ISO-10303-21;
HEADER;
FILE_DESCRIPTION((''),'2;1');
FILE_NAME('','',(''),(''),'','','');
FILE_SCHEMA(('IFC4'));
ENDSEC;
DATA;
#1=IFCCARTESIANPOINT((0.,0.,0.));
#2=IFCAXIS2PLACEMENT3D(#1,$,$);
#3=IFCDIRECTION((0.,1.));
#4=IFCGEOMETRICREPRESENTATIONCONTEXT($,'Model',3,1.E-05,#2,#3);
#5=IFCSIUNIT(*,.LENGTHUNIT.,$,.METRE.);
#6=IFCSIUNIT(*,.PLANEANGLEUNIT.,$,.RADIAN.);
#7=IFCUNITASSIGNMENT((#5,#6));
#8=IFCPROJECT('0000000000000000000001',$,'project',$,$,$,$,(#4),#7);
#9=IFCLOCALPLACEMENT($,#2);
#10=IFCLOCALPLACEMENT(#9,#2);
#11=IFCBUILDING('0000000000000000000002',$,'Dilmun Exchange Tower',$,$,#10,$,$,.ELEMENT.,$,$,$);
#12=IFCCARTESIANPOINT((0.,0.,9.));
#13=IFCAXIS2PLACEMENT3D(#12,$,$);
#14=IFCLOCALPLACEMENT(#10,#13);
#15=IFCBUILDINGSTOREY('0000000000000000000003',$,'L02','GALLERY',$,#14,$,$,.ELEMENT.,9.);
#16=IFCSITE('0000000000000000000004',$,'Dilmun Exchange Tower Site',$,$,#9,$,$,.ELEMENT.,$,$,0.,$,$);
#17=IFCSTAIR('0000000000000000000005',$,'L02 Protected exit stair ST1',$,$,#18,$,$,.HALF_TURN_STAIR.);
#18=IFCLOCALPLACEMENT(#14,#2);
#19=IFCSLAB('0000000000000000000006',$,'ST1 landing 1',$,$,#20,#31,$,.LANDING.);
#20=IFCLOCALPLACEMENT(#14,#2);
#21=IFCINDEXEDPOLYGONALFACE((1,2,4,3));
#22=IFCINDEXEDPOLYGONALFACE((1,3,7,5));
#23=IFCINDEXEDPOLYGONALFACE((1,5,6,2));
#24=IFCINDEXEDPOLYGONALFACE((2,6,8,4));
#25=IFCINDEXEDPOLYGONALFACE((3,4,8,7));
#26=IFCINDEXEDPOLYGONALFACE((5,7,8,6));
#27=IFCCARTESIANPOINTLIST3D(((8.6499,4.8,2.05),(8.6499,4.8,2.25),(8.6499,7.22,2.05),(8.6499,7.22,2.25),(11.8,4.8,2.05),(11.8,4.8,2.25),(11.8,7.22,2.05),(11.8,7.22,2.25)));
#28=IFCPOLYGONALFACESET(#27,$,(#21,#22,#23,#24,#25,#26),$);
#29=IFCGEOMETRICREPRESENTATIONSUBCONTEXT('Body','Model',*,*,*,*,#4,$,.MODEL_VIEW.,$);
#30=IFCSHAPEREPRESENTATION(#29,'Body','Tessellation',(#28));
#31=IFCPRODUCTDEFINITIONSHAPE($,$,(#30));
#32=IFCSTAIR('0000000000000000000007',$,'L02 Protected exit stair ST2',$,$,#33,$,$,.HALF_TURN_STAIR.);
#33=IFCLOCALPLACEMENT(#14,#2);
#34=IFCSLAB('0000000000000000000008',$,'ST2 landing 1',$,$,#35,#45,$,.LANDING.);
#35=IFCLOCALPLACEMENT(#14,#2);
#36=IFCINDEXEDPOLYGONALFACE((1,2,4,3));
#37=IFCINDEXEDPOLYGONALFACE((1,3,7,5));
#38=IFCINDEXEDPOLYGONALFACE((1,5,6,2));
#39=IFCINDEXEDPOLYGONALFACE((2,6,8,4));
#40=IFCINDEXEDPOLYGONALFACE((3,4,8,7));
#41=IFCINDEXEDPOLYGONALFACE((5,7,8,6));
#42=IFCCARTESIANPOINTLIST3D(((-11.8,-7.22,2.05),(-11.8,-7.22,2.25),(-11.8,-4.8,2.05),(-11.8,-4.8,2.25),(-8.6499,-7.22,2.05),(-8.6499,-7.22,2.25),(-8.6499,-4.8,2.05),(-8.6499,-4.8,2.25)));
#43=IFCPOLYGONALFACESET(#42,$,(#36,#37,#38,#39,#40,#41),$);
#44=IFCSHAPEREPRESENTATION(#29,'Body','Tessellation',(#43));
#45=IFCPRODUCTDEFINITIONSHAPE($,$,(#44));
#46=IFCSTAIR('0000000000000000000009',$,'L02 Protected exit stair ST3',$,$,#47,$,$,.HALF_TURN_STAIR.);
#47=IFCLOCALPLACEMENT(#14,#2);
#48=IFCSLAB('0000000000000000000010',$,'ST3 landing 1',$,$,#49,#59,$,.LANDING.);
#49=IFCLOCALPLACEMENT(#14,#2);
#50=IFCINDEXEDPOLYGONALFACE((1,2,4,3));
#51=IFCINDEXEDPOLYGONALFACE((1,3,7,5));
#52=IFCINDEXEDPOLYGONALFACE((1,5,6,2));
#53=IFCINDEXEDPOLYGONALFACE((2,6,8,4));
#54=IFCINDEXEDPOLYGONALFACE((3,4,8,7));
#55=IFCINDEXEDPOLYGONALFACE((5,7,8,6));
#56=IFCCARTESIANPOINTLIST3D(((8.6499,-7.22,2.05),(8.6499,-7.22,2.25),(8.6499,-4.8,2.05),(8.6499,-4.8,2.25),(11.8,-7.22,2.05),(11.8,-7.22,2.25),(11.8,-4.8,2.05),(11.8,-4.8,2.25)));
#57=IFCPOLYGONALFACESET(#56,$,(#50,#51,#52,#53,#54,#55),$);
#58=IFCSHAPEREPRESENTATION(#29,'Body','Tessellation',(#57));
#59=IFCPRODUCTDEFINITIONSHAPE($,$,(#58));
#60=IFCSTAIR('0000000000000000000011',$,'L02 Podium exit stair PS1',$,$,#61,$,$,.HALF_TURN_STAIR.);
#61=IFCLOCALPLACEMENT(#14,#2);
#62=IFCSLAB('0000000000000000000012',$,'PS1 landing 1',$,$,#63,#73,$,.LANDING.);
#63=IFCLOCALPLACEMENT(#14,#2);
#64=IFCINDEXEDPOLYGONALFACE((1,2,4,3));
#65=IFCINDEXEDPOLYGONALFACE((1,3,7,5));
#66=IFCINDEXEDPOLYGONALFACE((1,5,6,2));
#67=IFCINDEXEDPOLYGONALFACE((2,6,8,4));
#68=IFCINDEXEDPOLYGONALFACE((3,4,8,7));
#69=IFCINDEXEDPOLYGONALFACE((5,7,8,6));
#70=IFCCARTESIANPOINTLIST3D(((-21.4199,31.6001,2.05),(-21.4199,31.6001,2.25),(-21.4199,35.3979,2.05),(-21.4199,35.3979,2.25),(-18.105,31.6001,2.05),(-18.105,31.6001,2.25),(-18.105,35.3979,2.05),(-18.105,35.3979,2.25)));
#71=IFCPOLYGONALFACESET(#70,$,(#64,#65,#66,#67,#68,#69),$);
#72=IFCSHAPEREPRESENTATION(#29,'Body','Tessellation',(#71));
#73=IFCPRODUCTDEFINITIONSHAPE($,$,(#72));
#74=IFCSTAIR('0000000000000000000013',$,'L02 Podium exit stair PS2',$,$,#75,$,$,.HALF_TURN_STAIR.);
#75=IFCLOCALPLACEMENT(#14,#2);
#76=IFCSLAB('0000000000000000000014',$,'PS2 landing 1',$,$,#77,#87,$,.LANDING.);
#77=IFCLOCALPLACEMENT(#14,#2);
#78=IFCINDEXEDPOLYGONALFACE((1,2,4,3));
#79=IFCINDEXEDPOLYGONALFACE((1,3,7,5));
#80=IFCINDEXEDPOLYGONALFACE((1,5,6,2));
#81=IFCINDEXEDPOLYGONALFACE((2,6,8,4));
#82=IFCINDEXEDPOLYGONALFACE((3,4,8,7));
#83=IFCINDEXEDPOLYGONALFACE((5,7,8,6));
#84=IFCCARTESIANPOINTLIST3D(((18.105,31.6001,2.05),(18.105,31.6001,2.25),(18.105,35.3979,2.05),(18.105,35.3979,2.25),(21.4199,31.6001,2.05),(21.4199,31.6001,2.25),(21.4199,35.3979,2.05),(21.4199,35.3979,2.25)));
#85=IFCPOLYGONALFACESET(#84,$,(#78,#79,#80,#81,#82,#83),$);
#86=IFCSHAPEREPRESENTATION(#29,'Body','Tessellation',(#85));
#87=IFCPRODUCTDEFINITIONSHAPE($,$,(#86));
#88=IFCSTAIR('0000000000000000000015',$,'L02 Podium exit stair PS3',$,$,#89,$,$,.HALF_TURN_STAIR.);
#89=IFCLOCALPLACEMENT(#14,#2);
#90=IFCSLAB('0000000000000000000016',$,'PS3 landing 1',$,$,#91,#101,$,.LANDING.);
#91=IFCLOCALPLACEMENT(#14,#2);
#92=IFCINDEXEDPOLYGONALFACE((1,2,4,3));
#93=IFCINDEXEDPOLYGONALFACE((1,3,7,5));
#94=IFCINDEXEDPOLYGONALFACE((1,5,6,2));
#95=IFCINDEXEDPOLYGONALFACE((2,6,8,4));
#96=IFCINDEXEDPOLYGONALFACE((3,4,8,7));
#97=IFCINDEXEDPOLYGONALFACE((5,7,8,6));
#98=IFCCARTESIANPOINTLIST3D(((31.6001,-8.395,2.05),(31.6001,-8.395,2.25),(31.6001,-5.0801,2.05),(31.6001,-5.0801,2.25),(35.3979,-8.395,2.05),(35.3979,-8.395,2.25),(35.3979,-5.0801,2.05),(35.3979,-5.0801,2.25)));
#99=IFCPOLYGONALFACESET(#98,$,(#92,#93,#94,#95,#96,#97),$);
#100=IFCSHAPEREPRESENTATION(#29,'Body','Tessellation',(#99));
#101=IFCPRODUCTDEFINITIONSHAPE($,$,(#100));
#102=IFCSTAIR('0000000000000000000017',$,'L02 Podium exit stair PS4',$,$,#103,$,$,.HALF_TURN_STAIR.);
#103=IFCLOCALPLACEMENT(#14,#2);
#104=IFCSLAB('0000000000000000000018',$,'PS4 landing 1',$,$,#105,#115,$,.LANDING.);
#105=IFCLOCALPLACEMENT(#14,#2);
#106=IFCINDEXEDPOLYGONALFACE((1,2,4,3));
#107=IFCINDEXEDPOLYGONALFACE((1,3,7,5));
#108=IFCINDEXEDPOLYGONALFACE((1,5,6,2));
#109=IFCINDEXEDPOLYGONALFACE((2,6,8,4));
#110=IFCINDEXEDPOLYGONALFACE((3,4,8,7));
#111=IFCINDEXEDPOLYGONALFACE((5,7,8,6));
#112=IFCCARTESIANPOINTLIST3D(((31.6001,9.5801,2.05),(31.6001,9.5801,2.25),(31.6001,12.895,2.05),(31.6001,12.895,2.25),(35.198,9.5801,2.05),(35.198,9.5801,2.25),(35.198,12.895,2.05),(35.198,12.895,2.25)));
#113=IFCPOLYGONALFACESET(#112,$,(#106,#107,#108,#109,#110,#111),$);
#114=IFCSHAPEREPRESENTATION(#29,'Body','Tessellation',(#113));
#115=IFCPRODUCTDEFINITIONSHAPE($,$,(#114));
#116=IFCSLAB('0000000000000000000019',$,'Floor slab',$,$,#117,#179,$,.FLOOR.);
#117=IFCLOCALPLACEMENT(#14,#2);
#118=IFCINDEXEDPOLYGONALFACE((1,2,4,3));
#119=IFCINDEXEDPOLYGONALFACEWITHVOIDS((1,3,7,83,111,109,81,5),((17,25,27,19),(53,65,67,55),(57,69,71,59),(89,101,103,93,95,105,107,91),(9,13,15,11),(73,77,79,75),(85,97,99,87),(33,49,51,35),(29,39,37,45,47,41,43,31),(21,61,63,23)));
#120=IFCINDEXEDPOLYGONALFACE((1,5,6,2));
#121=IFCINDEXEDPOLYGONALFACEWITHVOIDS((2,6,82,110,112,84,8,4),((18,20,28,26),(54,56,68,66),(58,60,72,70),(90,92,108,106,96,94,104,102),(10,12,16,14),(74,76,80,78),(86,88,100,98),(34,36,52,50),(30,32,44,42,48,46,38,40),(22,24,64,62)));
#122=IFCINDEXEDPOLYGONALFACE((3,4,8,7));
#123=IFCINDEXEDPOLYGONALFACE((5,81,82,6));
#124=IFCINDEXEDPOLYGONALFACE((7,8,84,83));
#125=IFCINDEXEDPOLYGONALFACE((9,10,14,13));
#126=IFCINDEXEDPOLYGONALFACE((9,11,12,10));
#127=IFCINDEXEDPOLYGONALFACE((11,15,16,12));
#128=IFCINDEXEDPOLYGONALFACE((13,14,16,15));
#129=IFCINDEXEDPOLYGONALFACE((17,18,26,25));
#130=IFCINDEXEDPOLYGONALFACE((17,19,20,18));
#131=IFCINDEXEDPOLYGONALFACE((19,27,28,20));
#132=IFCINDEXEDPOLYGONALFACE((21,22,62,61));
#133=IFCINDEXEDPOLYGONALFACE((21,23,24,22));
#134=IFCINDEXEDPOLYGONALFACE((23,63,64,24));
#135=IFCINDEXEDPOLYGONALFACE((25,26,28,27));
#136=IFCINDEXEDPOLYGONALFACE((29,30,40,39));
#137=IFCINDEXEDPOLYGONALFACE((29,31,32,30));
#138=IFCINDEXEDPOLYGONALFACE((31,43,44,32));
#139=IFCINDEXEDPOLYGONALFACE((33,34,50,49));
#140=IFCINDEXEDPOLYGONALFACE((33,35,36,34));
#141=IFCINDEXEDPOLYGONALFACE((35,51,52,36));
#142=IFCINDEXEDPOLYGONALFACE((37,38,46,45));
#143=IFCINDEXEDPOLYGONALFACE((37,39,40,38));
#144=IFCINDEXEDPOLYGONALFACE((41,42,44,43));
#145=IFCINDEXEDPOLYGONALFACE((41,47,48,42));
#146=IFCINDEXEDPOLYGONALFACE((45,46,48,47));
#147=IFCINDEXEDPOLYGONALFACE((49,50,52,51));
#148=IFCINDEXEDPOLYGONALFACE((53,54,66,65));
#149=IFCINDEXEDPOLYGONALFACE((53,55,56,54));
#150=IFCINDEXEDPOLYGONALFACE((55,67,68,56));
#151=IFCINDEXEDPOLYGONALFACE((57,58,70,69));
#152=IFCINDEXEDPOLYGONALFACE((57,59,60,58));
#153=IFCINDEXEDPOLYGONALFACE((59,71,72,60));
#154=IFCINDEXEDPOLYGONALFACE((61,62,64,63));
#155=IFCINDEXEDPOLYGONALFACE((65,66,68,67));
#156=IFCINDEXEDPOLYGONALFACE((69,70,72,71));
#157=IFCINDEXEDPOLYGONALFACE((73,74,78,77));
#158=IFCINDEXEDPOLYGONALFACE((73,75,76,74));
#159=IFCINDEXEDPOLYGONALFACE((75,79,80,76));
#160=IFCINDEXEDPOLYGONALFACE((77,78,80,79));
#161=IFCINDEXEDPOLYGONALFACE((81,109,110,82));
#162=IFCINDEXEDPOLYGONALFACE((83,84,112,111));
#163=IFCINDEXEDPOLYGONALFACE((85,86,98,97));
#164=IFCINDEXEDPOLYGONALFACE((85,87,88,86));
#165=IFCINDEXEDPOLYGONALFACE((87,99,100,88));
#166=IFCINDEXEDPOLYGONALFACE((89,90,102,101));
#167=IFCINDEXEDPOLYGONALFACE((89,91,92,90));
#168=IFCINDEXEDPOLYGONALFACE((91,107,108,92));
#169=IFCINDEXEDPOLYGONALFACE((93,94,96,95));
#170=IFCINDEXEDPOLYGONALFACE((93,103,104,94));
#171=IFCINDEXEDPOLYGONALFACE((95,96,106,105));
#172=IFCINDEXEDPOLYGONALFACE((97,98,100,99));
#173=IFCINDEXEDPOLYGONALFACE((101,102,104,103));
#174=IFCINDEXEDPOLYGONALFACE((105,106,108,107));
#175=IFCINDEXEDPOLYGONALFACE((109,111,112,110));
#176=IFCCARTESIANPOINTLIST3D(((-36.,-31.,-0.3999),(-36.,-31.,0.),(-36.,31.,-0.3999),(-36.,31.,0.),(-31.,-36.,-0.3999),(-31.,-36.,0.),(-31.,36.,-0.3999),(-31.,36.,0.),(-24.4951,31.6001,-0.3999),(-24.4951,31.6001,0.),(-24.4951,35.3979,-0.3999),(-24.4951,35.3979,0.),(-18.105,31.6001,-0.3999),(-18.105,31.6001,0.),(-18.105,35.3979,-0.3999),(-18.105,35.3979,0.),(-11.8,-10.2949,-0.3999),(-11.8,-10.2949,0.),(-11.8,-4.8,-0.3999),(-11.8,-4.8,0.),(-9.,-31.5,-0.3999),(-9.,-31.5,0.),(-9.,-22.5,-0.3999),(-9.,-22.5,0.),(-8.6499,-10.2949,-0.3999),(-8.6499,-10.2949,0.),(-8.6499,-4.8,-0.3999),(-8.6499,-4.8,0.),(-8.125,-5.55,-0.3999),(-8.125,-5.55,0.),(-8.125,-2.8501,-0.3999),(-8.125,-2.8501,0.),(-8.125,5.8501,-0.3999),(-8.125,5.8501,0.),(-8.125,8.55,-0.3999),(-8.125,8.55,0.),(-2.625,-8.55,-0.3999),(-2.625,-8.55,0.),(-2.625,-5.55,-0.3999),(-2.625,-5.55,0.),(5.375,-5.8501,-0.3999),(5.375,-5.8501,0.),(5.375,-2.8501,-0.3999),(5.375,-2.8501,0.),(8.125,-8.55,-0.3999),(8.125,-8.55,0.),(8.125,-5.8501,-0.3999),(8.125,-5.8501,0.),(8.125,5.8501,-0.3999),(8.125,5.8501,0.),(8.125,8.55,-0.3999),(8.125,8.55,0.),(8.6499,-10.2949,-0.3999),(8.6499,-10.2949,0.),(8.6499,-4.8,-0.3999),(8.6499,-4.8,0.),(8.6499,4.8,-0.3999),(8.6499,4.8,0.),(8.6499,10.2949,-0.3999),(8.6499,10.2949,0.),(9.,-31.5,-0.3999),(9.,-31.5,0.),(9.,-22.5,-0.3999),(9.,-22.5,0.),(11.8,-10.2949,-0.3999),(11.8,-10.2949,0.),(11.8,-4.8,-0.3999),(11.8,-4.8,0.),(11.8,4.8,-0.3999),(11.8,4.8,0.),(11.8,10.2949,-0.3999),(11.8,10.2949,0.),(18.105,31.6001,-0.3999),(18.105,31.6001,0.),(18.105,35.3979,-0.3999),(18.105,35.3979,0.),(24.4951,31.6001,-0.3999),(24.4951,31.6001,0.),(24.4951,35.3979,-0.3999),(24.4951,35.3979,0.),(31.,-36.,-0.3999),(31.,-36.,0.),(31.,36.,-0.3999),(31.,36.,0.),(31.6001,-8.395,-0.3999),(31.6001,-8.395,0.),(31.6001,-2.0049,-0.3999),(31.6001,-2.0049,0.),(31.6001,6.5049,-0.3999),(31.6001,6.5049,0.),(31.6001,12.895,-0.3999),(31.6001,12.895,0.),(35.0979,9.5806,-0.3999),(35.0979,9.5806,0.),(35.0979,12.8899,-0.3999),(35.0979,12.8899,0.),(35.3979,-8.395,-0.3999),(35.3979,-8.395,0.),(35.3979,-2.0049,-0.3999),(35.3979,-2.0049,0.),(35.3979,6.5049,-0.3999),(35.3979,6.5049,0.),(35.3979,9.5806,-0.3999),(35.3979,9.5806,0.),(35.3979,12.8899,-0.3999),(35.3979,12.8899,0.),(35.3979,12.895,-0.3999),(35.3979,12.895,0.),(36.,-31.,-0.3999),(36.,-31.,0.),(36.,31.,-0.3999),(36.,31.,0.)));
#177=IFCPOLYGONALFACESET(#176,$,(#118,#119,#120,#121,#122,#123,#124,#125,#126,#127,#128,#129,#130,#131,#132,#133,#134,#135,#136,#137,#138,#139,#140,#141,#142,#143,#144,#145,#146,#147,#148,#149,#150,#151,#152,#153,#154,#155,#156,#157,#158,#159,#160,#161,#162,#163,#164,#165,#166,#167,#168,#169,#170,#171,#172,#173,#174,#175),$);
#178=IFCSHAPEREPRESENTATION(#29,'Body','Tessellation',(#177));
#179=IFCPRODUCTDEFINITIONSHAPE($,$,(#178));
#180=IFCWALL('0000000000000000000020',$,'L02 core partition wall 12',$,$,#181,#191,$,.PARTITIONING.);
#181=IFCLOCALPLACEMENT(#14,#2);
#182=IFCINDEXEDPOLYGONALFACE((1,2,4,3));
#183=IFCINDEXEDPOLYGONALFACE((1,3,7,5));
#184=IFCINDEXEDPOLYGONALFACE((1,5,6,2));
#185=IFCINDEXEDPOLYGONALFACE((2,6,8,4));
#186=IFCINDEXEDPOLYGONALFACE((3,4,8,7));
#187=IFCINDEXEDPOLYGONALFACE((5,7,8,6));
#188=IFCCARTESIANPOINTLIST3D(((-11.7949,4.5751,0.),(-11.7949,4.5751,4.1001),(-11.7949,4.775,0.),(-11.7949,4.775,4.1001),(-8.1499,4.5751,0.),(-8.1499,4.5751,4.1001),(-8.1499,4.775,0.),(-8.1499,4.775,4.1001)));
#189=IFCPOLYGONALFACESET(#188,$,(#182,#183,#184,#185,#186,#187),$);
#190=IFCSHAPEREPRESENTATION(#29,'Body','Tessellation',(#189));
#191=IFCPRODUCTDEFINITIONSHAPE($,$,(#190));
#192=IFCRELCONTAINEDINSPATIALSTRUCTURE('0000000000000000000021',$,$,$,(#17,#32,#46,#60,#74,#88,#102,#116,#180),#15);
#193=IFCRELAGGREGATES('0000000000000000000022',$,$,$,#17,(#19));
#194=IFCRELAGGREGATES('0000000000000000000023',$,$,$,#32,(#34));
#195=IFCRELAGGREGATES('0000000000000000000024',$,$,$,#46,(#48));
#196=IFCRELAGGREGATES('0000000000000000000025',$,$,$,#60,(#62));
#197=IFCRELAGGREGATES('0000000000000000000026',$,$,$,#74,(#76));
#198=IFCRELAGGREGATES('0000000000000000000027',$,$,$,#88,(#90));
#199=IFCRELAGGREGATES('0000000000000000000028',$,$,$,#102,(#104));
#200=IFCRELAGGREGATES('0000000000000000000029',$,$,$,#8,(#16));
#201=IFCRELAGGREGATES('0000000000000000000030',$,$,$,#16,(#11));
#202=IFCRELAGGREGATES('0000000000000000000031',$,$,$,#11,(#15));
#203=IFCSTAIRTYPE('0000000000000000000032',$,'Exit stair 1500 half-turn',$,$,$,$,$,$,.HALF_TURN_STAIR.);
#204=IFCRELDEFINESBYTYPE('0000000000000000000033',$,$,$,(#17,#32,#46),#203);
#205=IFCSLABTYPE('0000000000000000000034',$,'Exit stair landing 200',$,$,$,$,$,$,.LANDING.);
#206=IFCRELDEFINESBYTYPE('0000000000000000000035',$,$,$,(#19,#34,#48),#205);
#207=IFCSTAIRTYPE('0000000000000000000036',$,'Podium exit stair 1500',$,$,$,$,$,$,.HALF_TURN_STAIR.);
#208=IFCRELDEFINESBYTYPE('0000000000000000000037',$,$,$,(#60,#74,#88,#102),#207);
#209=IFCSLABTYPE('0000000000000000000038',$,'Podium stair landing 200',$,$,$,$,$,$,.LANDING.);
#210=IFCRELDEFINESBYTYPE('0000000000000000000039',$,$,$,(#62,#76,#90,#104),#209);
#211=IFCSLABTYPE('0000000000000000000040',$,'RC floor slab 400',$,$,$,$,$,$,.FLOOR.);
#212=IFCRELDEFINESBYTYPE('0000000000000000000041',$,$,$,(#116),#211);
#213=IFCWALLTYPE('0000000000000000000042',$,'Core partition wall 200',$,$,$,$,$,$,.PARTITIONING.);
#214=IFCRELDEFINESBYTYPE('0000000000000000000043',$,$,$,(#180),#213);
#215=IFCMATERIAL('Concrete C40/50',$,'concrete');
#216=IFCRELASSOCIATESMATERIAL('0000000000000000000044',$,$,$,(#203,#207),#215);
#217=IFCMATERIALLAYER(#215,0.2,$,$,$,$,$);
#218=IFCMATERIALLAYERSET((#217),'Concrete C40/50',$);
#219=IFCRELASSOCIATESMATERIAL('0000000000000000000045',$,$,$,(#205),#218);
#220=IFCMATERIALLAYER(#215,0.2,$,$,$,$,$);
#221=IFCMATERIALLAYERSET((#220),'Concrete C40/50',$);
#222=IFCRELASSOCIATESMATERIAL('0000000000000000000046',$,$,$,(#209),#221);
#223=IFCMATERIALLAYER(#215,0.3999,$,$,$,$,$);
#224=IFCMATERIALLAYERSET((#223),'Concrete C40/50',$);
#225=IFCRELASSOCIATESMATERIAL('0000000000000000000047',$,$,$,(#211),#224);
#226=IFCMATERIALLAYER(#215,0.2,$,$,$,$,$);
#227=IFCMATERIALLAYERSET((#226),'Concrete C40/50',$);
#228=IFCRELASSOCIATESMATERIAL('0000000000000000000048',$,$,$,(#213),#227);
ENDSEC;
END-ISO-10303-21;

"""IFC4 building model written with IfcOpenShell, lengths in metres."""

from ifc_helpers import new_model, si_unit, direction, frame, frame_2d, origin, place, context, subcontext, project, spatial, polyline, rectangle, outline, extrude, material, layer, layer_set, type_object, element, aggregate, save


model = new_model("IFC4")

# Units and contexts
model_context = context("Model", 3, precision=1e-05, world=origin(), true_north=direction((0.0, 1.0)))
body_context = subcontext(model_context, "Body", "Model", "MODEL_VIEW")
ifc_project = project(units=[si_unit("LENGTHUNIT", "METRE"), si_unit("PLANEANGLEUNIT", "RADIAN")], contexts=[model_context])

# Site, building, storey
site_placement = place(None, origin())
site = spatial("IfcSite", under=ifc_project, at=site_placement, Name="Dilmun Exchange Tower Site", CompositionType="ELEMENT", RefElevation=0.0)
building_placement = place(site_placement, origin())
building = spatial("IfcBuilding", under=site, at=building_placement, Name="Dilmun Exchange Tower", CompositionType="ELEMENT")
storey_placement = place(building_placement, frame((0.0, 0.0, 9.0)))
storey = spatial("IfcBuildingStorey", under=building, at=storey_placement, Name="L02", Description="GALLERY", CompositionType="ELEMENT", Elevation=9.0)

# Stairs, slabs
ifc_material_1 = material(Name="Concrete C40/50", Category="concrete")
stair_type_1 = type_object("IfcStairType", Name="Exit stair 1500 half-turn", PredefinedType="HALF_TURN_STAIR", material=ifc_material_1)
stair_1_placement = place(storey_placement, origin())
stair_1 = element("IfcStair", 1, at=stair_1_placement, inside=storey, type_object=stair_type_1, Name="L02 Protected exit stair ST1", PredefinedType="HALF_TURN_STAIR")
ifc_layer_1 = layer(ifc_material_1, 0.2)
ifc_layer_set_1 = layer_set([ifc_layer_1], Name="Concrete C40/50")
slab_type_1 = type_object("IfcSlabType", Name="Exit stair landing 200", PredefinedType="LANDING", material=ifc_layer_set_1)
slab_1_placement = place(storey_placement, frame((0.0, 0.0, 2.05)))
slab_1 = element("IfcSlab", 2, at=slab_1_placement, type_object=slab_type_1, Name="ST1 landing 1", PredefinedType="LANDING", context=body_context, shape_type="SweptSolid", body=[
    extrude(outline(polyline([(8.6499, 7.22), (8.6499, 4.8), (11.8, 4.8), (11.8, 7.22), (8.6499, 7.22)])), origin(), (0.0, 0.0, 1.0), 0.2),
])
aggregate(stair_1, [slab_1])
stair_2_placement = place(storey_placement, origin())
stair_2 = element("IfcStair", 3, at=stair_2_placement, inside=storey, type_object=stair_type_1, Name="L02 Protected exit stair ST2", PredefinedType="HALF_TURN_STAIR")
slab_2_placement = place(storey_placement, frame((0.0, 0.0, 2.05)))
slab_2 = element("IfcSlab", 4, at=slab_2_placement, type_object=slab_type_1, Name="ST2 landing 1", PredefinedType="LANDING", context=body_context, shape_type="SweptSolid", body=[
    extrude(outline(polyline([(-8.6499, -7.22), (-8.6499, -4.8), (-11.8, -4.8), (-11.8, -7.22), (-8.6499, -7.22)])), origin(), (0.0, 0.0, 1.0), 0.2),
])
aggregate(stair_2, [slab_2])
stair_3_placement = place(storey_placement, origin())
stair_3 = element("IfcStair", 5, at=stair_3_placement, inside=storey, type_object=stair_type_1, Name="L02 Protected exit stair ST3", PredefinedType="HALF_TURN_STAIR")
slab_3_placement = place(storey_placement, frame((0.0, 0.0, 2.05)))
slab_3 = element("IfcSlab", 6, at=slab_3_placement, type_object=slab_type_1, Name="ST3 landing 1", PredefinedType="LANDING", context=body_context, shape_type="SweptSolid", body=[
    extrude(outline(polyline([(11.8, -7.22), (11.8, -4.8), (8.6499, -4.8), (8.6499, -7.22), (11.8, -7.22)])), origin(), (0.0, 0.0, 1.0), 0.2),
])
aggregate(stair_3, [slab_3])
stair_type_2 = type_object("IfcStairType", Name="Podium exit stair 1500", PredefinedType="HALF_TURN_STAIR", material=ifc_material_1)
stair_4_placement = place(storey_placement, origin())
stair_4 = element("IfcStair", 7, at=stair_4_placement, inside=storey, type_object=stair_type_2, Name="L02 Podium exit stair PS1", PredefinedType="HALF_TURN_STAIR")
ifc_layer_2 = layer(ifc_material_1, 0.2)
ifc_layer_set_2 = layer_set([ifc_layer_2], Name="Concrete C40/50")
slab_type_2 = type_object("IfcSlabType", Name="Podium stair landing 200", PredefinedType="LANDING", material=ifc_layer_set_2)
slab_4_placement = place(storey_placement, frame((0.0, 0.0, 2.05)))
slab_4 = element("IfcSlab", 8, at=slab_4_placement, type_object=slab_type_2, Name="PS1 landing 1", PredefinedType="LANDING", context=body_context, shape_type="SweptSolid", body=[
    extrude(outline(polyline([(-21.4199, 31.6001), (-18.105, 31.6001), (-18.105, 35.3979), (-21.4199, 35.3979), (-21.4199, 31.6001)])), origin(), (0.0, 0.0, 1.0), 0.2),
])
aggregate(stair_4, [slab_4])
stair_5_placement = place(storey_placement, origin())
stair_5 = element("IfcStair", 9, at=stair_5_placement, inside=storey, type_object=stair_type_2, Name="L02 Podium exit stair PS2", PredefinedType="HALF_TURN_STAIR")
slab_5_placement = place(storey_placement, frame((0.0, 0.0, 2.05)))
slab_5 = element("IfcSlab", 10, at=slab_5_placement, type_object=slab_type_2, Name="PS2 landing 1", PredefinedType="LANDING", context=body_context, shape_type="SweptSolid", body=[
    extrude(outline(polyline([(21.4199, 35.3979), (18.105, 35.3979), (18.105, 31.6001), (21.4199, 31.6001), (21.4199, 35.3979)])), origin(), (0.0, 0.0, 1.0), 0.2),
])
aggregate(stair_5, [slab_5])
stair_6_placement = place(storey_placement, origin())
stair_6 = element("IfcStair", 11, at=stair_6_placement, inside=storey, type_object=stair_type_2, Name="L02 Podium exit stair PS3", PredefinedType="HALF_TURN_STAIR")
slab_6_placement = place(storey_placement, frame((0.0, 0.0, 2.05)))
slab_6 = element("IfcSlab", 12, at=slab_6_placement, type_object=slab_type_2, Name="PS3 landing 1", PredefinedType="LANDING", context=body_context, shape_type="SweptSolid", body=[
    extrude(outline(polyline([(31.6001, -5.0801), (31.6001, -8.395), (35.3979, -8.395), (35.3979, -5.0801), (31.6001, -5.0801)])), origin(), (0.0, 0.0, 1.0), 0.2),
])
aggregate(stair_6, [slab_6])
stair_7_placement = place(storey_placement, origin())
stair_7 = element("IfcStair", 13, at=stair_7_placement, inside=storey, type_object=stair_type_2, Name="L02 Podium exit stair PS4", PredefinedType="HALF_TURN_STAIR")
slab_7_placement = place(storey_placement, frame((0.0, 0.0, 2.05)))
slab_7 = element("IfcSlab", 14, at=slab_7_placement, type_object=slab_type_2, Name="PS4 landing 1", PredefinedType="LANDING", context=body_context, shape_type="SweptSolid", body=[
    extrude(outline(polyline([(35.198, 9.5801), (35.198, 12.895), (31.6001, 12.895), (31.6001, 9.5801), (35.198, 9.5801)])), origin(), (0.0, 0.0, 1.0), 0.2),
])
aggregate(stair_7, [slab_7])

# Slab
ifc_layer_3 = layer(ifc_material_1, 0.3999)
ifc_layer_set_3 = layer_set([ifc_layer_3], Name="Concrete C40/50")
slab_type_3 = type_object("IfcSlabType", Name="RC floor slab 400", PredefinedType="FLOOR", material=ifc_layer_set_3)
slab_8_placement = place(storey_placement, frame((0.0, 0.0, -0.3999)))
element("IfcSlab", 15, at=slab_8_placement, inside=storey, type_object=slab_type_3, Name="Floor slab", PredefinedType="FLOOR", context=body_context, shape_type="SweptSolid", body=[
    extrude(outline(polyline([(-36.0, -31.0), (-36.0, 31.0), (-31.0, 36.0), (31.0, 36.0), (36.0, 31.0), (36.0, -31.0), (31.0, -36.0), (-31.0, -36.0), (-36.0, -31.0)]), holes=[polyline([(-9.0, -22.5), (-9.0, -31.5), (9.0, -31.5), (9.0, -22.5), (-9.0, -22.5)]), polyline([(-8.6499, -10.2949), (-8.6499, -4.8), (-11.8, -4.8), (-11.8, -10.2949), (-8.6499, -10.2949)]), polyline([(11.8, -10.2949), (11.8, -4.8), (8.6499, -4.8), (8.6499, -10.2949), (11.8, -10.2949)]), polyline([(5.375, -5.8501), (5.375, -2.8501), (-8.125, -2.8501), (-8.125, -5.55), (-2.625, -5.55), (-2.625, -8.55), (8.125, -8.55), (8.125, -5.8501), (5.375, -5.8501)]), polyline([(31.6001, -8.395), (35.3979, -8.395), (35.3979, -2.0049), (31.6001, -2.0049), (31.6001, -8.395)]), polyline([(-8.125, 5.8501), (8.125, 5.8501), (8.125, 8.55), (-8.125, 8.55), (-8.125, 5.8501)]), polyline([(8.6499, 10.2949), (8.6499, 4.8), (11.8, 4.8), (11.8, 10.2949), (8.6499, 10.2949)]), polyline([(35.3979, 12.895), (31.6001, 12.895), (31.6001, 6.5049), (35.3979, 6.5049), (35.3979, 9.5806), (35.0979, 9.5806), (35.0979, 12.8899), (35.3979, 12.8899), (35.3979, 12.895)]), polyline([(-18.105, 31.6001), (-18.105, 35.3979), (-24.4951, 35.3979), (-24.4951, 31.6001), (-18.105, 31.6001)]), polyline([(18.105, 35.3979), (18.105, 31.6001), (24.4951, 31.6001), (24.4951, 35.3979), (18.105, 35.3979)])]), origin(), (0.0, 0.0, 1.0), 0.3999),
])

# Wall
ifc_layer_4 = layer(ifc_material_1, 0.2)
ifc_layer_set_4 = layer_set([ifc_layer_4], Name="Concrete C40/50")
wall_type_1 = type_object("IfcWallType", Name="Core partition wall 200", PredefinedType="PARTITIONING", material=ifc_layer_set_4)
wall_1_placement = place(storey_placement, frame((-11.7949, 4.675, 0.0), z_axis=(0.0, 0.0, 1.0), x_axis=(1.0, 0.0, 0.0)))
element("IfcWall", 16, at=wall_1_placement, inside=storey, type_object=wall_type_1, Name="L02 core partition wall 12", PredefinedType="PARTITIONING", context=body_context, shape_type="SweptSolid", body=[
    extrude(rectangle(XDim=3.645, YDim=0.2, at=frame_2d((1.8225, 0.0))), origin(), (0.0, 0.0, 1.0), 4.1001),
])

save(model, "model.ifc")
